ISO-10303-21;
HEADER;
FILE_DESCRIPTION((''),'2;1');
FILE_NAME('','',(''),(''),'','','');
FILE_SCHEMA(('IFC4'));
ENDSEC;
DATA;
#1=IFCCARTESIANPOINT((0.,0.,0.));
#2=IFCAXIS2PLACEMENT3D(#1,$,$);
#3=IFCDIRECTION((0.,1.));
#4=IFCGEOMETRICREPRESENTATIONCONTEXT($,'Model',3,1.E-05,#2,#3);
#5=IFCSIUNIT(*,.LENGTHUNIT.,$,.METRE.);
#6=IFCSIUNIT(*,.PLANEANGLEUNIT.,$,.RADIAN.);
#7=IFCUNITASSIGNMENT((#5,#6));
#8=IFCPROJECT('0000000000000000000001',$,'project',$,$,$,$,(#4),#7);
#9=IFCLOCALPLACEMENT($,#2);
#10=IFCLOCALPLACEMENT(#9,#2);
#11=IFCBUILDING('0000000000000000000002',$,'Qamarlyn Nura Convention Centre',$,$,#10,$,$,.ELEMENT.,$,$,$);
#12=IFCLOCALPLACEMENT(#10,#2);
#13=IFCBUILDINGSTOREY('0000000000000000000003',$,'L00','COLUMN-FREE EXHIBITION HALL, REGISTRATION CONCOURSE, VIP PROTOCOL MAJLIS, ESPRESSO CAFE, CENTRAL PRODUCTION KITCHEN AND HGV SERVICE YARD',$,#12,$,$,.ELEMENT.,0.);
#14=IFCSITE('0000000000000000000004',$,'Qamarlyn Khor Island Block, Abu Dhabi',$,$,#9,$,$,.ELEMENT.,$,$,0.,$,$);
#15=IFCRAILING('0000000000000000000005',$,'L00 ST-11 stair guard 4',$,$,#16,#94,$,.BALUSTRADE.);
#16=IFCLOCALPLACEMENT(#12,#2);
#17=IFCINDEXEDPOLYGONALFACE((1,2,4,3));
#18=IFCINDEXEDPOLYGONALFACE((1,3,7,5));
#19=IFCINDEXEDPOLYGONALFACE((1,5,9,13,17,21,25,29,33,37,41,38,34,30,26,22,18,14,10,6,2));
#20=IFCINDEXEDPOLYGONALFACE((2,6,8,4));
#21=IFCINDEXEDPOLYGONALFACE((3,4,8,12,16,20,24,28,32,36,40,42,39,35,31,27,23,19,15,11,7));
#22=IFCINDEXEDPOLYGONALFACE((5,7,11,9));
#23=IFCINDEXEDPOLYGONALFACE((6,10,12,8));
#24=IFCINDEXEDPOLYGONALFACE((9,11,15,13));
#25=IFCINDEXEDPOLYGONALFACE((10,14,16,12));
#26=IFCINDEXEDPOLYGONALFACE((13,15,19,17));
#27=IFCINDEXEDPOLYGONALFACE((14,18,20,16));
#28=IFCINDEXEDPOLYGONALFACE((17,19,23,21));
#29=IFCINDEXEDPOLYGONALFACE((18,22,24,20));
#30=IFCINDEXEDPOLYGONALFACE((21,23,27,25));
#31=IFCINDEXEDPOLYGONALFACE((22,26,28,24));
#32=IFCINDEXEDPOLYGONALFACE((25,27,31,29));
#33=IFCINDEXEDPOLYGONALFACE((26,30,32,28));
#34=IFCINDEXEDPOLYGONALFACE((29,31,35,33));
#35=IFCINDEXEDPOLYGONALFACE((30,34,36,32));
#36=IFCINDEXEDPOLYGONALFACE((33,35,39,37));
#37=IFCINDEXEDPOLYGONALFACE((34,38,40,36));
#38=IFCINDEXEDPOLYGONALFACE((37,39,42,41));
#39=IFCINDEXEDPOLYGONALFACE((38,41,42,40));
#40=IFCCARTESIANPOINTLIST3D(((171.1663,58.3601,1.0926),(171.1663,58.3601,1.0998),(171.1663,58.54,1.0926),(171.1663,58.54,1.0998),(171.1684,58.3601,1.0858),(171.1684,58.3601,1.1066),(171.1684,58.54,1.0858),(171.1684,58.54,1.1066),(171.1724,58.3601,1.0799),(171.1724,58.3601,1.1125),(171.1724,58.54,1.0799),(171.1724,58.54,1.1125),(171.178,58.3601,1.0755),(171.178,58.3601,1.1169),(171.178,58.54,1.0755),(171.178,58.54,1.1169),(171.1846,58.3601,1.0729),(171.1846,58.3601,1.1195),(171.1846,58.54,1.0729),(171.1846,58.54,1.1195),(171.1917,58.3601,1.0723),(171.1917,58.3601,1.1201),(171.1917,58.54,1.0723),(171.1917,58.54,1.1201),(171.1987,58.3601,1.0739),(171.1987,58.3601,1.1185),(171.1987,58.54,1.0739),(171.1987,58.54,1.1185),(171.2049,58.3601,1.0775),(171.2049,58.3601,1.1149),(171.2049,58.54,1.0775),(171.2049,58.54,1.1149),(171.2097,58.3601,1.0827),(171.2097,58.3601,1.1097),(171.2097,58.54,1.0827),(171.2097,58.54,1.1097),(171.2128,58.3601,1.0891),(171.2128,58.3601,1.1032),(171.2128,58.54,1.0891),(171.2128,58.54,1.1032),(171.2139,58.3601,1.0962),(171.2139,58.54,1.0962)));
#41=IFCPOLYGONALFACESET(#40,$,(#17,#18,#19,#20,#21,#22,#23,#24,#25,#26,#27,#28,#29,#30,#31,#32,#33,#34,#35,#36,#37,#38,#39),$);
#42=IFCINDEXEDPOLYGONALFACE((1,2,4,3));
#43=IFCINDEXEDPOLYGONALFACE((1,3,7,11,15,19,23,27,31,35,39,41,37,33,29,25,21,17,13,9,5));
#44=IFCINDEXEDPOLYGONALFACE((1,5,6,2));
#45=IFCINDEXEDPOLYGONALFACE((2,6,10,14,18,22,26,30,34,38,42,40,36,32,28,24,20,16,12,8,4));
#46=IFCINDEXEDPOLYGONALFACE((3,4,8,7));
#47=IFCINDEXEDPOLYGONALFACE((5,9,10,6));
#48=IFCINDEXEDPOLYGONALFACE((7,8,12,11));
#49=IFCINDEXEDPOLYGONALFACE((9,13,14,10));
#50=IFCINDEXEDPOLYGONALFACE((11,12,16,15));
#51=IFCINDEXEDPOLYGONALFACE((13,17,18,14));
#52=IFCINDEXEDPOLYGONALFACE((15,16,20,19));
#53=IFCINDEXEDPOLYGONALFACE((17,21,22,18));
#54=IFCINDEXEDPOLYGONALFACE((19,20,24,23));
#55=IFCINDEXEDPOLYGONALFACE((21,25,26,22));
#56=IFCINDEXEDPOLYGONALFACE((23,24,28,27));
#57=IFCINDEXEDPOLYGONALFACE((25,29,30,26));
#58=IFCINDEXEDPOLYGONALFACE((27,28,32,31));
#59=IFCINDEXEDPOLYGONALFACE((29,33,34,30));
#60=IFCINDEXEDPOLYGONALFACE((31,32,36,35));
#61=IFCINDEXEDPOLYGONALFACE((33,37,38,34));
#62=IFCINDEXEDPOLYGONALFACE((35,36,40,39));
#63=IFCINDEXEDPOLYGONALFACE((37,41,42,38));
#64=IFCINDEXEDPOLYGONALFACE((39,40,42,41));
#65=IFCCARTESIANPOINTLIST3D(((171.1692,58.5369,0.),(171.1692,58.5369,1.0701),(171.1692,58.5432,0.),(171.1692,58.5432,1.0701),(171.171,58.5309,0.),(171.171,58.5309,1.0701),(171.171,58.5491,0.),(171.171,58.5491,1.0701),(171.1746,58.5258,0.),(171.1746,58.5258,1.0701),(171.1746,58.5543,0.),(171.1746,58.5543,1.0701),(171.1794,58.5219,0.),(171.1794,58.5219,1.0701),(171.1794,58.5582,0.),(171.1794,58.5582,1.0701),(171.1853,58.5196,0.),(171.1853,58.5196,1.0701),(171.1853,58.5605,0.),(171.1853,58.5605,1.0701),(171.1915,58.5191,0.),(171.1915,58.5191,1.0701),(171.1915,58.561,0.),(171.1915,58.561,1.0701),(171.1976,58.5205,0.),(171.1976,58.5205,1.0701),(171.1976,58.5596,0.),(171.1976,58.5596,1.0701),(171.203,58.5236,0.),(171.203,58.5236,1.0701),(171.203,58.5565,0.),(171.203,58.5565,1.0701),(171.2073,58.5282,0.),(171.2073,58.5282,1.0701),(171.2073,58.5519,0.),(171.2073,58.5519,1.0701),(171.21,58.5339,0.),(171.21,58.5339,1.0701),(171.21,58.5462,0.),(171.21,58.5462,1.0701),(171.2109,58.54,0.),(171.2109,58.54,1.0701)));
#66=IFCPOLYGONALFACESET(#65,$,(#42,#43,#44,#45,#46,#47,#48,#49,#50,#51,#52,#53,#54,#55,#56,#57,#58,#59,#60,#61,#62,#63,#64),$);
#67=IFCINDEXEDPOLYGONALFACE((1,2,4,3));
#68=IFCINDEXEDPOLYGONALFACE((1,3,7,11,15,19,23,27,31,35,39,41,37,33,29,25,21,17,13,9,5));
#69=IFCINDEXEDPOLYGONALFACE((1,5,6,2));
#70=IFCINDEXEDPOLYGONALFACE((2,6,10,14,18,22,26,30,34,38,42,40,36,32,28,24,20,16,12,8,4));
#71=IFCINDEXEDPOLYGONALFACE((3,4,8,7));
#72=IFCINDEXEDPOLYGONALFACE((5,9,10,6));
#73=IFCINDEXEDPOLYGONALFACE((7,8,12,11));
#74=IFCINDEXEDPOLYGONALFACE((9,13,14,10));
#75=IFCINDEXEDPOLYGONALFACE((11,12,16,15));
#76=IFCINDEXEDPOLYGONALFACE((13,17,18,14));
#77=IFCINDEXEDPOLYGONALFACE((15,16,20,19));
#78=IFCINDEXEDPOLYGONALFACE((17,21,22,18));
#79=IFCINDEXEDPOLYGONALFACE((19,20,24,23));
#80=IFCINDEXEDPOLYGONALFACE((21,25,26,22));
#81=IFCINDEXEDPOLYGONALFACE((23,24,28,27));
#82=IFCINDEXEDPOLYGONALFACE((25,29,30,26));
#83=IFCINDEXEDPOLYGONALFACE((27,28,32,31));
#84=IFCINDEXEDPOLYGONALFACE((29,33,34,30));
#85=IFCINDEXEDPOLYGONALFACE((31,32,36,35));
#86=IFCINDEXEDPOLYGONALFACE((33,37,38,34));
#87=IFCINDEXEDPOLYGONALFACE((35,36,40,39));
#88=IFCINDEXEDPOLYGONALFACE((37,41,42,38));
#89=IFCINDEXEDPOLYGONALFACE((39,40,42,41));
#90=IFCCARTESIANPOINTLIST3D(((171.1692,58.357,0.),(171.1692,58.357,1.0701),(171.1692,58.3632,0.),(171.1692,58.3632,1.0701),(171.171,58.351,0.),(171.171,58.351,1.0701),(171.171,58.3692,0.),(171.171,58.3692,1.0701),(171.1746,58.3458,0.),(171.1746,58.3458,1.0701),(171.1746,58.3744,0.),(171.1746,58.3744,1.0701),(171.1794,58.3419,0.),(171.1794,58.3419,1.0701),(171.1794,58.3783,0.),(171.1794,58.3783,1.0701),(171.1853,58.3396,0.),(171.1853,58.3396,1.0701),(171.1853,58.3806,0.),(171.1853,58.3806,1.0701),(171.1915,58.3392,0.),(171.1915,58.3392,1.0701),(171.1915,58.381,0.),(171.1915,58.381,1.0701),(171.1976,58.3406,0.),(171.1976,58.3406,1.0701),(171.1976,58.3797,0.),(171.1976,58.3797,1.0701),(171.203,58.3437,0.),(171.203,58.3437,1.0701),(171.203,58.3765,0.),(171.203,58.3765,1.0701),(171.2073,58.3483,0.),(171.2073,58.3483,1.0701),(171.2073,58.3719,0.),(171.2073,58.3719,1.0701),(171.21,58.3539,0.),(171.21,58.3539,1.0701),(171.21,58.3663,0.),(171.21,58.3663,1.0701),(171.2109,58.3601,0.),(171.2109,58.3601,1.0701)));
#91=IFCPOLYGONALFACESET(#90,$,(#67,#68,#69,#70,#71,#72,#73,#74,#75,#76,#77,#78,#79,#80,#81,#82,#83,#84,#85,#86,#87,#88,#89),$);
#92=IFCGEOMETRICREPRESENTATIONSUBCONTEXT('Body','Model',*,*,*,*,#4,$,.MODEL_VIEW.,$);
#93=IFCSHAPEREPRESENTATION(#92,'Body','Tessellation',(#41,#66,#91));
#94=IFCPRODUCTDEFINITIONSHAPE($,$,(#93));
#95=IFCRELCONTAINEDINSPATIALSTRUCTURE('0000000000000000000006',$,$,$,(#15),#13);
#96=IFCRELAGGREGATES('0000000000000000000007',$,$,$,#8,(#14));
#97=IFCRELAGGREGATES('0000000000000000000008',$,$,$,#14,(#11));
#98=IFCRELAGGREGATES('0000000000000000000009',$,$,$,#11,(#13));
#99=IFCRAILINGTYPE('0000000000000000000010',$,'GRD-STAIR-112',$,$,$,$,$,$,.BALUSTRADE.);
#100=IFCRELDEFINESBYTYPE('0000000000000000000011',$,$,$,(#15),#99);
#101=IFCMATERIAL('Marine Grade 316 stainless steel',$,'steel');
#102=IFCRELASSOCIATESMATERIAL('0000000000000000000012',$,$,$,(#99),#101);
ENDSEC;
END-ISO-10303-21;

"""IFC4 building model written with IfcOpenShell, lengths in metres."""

from ifc_helpers import new_model, si_unit, direction, frame, origin, origin_2d, place, context, subcontext, project, spatial, circle, extrude, material, type_object, element, save


model = new_model("IFC4")

# Units and contexts
model_context = context("Model", 3, precision=1e-05, world=origin(), true_north=direction((0.0, 1.0)))
body_context = subcontext(model_context, "Body", "Model", "MODEL_VIEW")
ifc_project = project(units=[si_unit("LENGTHUNIT", "METRE"), si_unit("PLANEANGLEUNIT", "RADIAN")], contexts=[model_context])

# Site, building, storey
site_placement = place(None, origin())
site = spatial("IfcSite", under=ifc_project, at=site_placement, Name="Qamarlyn Khor Island Block, Abu Dhabi", CompositionType="ELEMENT", RefElevation=0.0)
building_placement = place(site_placement, origin())
building = spatial("IfcBuilding", under=site, at=building_placement, Name="Qamarlyn Nura Convention Centre", CompositionType="ELEMENT")
storey_placement = place(building_placement, origin())
storey = spatial("IfcBuildingStorey", under=building, at=storey_placement, Name="L00", Description="COLUMN-FREE EXHIBITION HALL, REGISTRATION CONCOURSE, VIP PROTOCOL MAJLIS, ESPRESSO CAFE, CENTRAL PRODUCTION KITCHEN AND HGV SERVICE YARD", CompositionType="ELEMENT", Elevation=0.0)

# Shared definitions
ifc_material_1 = material(Name="Marine Grade 316 stainless steel", Category="steel")

# Railing
railing_type_1 = type_object("IfcRailingType", Name="GRD-STAIR-112", PredefinedType="BALUSTRADE", material=ifc_material_1)
railing_1_placement = place(storey_placement, frame((171.1899, 58.54, 0.0)))
element("IfcRailing", 1, at=railing_1_placement, inside=storey, type_object=railing_type_1, Name="L00 ST-11 stair guard 4", PredefinedType="BALUSTRADE", context=body_context, shape_type="SweptSolid", body=[
    extrude(circle(Radius=0.0239, at=origin_2d()), frame((0.0, 0.0, 1.0962), z_axis=(0.0, -1.0, 0.0), x_axis=(1.0, 0.0, 0.0)), (0.0, 0.0, 1.0), 0.1799),
    extrude(circle(Radius=0.021, at=origin_2d()), origin(), (0.0, 0.0, 1.0), 1.0701),
    extrude(circle(Radius=0.021, at=origin_2d()), frame((0.0, -0.1799, 0.0)), (0.0, 0.0, 1.0), 1.0701),
])

save(model, "model.ifc")
